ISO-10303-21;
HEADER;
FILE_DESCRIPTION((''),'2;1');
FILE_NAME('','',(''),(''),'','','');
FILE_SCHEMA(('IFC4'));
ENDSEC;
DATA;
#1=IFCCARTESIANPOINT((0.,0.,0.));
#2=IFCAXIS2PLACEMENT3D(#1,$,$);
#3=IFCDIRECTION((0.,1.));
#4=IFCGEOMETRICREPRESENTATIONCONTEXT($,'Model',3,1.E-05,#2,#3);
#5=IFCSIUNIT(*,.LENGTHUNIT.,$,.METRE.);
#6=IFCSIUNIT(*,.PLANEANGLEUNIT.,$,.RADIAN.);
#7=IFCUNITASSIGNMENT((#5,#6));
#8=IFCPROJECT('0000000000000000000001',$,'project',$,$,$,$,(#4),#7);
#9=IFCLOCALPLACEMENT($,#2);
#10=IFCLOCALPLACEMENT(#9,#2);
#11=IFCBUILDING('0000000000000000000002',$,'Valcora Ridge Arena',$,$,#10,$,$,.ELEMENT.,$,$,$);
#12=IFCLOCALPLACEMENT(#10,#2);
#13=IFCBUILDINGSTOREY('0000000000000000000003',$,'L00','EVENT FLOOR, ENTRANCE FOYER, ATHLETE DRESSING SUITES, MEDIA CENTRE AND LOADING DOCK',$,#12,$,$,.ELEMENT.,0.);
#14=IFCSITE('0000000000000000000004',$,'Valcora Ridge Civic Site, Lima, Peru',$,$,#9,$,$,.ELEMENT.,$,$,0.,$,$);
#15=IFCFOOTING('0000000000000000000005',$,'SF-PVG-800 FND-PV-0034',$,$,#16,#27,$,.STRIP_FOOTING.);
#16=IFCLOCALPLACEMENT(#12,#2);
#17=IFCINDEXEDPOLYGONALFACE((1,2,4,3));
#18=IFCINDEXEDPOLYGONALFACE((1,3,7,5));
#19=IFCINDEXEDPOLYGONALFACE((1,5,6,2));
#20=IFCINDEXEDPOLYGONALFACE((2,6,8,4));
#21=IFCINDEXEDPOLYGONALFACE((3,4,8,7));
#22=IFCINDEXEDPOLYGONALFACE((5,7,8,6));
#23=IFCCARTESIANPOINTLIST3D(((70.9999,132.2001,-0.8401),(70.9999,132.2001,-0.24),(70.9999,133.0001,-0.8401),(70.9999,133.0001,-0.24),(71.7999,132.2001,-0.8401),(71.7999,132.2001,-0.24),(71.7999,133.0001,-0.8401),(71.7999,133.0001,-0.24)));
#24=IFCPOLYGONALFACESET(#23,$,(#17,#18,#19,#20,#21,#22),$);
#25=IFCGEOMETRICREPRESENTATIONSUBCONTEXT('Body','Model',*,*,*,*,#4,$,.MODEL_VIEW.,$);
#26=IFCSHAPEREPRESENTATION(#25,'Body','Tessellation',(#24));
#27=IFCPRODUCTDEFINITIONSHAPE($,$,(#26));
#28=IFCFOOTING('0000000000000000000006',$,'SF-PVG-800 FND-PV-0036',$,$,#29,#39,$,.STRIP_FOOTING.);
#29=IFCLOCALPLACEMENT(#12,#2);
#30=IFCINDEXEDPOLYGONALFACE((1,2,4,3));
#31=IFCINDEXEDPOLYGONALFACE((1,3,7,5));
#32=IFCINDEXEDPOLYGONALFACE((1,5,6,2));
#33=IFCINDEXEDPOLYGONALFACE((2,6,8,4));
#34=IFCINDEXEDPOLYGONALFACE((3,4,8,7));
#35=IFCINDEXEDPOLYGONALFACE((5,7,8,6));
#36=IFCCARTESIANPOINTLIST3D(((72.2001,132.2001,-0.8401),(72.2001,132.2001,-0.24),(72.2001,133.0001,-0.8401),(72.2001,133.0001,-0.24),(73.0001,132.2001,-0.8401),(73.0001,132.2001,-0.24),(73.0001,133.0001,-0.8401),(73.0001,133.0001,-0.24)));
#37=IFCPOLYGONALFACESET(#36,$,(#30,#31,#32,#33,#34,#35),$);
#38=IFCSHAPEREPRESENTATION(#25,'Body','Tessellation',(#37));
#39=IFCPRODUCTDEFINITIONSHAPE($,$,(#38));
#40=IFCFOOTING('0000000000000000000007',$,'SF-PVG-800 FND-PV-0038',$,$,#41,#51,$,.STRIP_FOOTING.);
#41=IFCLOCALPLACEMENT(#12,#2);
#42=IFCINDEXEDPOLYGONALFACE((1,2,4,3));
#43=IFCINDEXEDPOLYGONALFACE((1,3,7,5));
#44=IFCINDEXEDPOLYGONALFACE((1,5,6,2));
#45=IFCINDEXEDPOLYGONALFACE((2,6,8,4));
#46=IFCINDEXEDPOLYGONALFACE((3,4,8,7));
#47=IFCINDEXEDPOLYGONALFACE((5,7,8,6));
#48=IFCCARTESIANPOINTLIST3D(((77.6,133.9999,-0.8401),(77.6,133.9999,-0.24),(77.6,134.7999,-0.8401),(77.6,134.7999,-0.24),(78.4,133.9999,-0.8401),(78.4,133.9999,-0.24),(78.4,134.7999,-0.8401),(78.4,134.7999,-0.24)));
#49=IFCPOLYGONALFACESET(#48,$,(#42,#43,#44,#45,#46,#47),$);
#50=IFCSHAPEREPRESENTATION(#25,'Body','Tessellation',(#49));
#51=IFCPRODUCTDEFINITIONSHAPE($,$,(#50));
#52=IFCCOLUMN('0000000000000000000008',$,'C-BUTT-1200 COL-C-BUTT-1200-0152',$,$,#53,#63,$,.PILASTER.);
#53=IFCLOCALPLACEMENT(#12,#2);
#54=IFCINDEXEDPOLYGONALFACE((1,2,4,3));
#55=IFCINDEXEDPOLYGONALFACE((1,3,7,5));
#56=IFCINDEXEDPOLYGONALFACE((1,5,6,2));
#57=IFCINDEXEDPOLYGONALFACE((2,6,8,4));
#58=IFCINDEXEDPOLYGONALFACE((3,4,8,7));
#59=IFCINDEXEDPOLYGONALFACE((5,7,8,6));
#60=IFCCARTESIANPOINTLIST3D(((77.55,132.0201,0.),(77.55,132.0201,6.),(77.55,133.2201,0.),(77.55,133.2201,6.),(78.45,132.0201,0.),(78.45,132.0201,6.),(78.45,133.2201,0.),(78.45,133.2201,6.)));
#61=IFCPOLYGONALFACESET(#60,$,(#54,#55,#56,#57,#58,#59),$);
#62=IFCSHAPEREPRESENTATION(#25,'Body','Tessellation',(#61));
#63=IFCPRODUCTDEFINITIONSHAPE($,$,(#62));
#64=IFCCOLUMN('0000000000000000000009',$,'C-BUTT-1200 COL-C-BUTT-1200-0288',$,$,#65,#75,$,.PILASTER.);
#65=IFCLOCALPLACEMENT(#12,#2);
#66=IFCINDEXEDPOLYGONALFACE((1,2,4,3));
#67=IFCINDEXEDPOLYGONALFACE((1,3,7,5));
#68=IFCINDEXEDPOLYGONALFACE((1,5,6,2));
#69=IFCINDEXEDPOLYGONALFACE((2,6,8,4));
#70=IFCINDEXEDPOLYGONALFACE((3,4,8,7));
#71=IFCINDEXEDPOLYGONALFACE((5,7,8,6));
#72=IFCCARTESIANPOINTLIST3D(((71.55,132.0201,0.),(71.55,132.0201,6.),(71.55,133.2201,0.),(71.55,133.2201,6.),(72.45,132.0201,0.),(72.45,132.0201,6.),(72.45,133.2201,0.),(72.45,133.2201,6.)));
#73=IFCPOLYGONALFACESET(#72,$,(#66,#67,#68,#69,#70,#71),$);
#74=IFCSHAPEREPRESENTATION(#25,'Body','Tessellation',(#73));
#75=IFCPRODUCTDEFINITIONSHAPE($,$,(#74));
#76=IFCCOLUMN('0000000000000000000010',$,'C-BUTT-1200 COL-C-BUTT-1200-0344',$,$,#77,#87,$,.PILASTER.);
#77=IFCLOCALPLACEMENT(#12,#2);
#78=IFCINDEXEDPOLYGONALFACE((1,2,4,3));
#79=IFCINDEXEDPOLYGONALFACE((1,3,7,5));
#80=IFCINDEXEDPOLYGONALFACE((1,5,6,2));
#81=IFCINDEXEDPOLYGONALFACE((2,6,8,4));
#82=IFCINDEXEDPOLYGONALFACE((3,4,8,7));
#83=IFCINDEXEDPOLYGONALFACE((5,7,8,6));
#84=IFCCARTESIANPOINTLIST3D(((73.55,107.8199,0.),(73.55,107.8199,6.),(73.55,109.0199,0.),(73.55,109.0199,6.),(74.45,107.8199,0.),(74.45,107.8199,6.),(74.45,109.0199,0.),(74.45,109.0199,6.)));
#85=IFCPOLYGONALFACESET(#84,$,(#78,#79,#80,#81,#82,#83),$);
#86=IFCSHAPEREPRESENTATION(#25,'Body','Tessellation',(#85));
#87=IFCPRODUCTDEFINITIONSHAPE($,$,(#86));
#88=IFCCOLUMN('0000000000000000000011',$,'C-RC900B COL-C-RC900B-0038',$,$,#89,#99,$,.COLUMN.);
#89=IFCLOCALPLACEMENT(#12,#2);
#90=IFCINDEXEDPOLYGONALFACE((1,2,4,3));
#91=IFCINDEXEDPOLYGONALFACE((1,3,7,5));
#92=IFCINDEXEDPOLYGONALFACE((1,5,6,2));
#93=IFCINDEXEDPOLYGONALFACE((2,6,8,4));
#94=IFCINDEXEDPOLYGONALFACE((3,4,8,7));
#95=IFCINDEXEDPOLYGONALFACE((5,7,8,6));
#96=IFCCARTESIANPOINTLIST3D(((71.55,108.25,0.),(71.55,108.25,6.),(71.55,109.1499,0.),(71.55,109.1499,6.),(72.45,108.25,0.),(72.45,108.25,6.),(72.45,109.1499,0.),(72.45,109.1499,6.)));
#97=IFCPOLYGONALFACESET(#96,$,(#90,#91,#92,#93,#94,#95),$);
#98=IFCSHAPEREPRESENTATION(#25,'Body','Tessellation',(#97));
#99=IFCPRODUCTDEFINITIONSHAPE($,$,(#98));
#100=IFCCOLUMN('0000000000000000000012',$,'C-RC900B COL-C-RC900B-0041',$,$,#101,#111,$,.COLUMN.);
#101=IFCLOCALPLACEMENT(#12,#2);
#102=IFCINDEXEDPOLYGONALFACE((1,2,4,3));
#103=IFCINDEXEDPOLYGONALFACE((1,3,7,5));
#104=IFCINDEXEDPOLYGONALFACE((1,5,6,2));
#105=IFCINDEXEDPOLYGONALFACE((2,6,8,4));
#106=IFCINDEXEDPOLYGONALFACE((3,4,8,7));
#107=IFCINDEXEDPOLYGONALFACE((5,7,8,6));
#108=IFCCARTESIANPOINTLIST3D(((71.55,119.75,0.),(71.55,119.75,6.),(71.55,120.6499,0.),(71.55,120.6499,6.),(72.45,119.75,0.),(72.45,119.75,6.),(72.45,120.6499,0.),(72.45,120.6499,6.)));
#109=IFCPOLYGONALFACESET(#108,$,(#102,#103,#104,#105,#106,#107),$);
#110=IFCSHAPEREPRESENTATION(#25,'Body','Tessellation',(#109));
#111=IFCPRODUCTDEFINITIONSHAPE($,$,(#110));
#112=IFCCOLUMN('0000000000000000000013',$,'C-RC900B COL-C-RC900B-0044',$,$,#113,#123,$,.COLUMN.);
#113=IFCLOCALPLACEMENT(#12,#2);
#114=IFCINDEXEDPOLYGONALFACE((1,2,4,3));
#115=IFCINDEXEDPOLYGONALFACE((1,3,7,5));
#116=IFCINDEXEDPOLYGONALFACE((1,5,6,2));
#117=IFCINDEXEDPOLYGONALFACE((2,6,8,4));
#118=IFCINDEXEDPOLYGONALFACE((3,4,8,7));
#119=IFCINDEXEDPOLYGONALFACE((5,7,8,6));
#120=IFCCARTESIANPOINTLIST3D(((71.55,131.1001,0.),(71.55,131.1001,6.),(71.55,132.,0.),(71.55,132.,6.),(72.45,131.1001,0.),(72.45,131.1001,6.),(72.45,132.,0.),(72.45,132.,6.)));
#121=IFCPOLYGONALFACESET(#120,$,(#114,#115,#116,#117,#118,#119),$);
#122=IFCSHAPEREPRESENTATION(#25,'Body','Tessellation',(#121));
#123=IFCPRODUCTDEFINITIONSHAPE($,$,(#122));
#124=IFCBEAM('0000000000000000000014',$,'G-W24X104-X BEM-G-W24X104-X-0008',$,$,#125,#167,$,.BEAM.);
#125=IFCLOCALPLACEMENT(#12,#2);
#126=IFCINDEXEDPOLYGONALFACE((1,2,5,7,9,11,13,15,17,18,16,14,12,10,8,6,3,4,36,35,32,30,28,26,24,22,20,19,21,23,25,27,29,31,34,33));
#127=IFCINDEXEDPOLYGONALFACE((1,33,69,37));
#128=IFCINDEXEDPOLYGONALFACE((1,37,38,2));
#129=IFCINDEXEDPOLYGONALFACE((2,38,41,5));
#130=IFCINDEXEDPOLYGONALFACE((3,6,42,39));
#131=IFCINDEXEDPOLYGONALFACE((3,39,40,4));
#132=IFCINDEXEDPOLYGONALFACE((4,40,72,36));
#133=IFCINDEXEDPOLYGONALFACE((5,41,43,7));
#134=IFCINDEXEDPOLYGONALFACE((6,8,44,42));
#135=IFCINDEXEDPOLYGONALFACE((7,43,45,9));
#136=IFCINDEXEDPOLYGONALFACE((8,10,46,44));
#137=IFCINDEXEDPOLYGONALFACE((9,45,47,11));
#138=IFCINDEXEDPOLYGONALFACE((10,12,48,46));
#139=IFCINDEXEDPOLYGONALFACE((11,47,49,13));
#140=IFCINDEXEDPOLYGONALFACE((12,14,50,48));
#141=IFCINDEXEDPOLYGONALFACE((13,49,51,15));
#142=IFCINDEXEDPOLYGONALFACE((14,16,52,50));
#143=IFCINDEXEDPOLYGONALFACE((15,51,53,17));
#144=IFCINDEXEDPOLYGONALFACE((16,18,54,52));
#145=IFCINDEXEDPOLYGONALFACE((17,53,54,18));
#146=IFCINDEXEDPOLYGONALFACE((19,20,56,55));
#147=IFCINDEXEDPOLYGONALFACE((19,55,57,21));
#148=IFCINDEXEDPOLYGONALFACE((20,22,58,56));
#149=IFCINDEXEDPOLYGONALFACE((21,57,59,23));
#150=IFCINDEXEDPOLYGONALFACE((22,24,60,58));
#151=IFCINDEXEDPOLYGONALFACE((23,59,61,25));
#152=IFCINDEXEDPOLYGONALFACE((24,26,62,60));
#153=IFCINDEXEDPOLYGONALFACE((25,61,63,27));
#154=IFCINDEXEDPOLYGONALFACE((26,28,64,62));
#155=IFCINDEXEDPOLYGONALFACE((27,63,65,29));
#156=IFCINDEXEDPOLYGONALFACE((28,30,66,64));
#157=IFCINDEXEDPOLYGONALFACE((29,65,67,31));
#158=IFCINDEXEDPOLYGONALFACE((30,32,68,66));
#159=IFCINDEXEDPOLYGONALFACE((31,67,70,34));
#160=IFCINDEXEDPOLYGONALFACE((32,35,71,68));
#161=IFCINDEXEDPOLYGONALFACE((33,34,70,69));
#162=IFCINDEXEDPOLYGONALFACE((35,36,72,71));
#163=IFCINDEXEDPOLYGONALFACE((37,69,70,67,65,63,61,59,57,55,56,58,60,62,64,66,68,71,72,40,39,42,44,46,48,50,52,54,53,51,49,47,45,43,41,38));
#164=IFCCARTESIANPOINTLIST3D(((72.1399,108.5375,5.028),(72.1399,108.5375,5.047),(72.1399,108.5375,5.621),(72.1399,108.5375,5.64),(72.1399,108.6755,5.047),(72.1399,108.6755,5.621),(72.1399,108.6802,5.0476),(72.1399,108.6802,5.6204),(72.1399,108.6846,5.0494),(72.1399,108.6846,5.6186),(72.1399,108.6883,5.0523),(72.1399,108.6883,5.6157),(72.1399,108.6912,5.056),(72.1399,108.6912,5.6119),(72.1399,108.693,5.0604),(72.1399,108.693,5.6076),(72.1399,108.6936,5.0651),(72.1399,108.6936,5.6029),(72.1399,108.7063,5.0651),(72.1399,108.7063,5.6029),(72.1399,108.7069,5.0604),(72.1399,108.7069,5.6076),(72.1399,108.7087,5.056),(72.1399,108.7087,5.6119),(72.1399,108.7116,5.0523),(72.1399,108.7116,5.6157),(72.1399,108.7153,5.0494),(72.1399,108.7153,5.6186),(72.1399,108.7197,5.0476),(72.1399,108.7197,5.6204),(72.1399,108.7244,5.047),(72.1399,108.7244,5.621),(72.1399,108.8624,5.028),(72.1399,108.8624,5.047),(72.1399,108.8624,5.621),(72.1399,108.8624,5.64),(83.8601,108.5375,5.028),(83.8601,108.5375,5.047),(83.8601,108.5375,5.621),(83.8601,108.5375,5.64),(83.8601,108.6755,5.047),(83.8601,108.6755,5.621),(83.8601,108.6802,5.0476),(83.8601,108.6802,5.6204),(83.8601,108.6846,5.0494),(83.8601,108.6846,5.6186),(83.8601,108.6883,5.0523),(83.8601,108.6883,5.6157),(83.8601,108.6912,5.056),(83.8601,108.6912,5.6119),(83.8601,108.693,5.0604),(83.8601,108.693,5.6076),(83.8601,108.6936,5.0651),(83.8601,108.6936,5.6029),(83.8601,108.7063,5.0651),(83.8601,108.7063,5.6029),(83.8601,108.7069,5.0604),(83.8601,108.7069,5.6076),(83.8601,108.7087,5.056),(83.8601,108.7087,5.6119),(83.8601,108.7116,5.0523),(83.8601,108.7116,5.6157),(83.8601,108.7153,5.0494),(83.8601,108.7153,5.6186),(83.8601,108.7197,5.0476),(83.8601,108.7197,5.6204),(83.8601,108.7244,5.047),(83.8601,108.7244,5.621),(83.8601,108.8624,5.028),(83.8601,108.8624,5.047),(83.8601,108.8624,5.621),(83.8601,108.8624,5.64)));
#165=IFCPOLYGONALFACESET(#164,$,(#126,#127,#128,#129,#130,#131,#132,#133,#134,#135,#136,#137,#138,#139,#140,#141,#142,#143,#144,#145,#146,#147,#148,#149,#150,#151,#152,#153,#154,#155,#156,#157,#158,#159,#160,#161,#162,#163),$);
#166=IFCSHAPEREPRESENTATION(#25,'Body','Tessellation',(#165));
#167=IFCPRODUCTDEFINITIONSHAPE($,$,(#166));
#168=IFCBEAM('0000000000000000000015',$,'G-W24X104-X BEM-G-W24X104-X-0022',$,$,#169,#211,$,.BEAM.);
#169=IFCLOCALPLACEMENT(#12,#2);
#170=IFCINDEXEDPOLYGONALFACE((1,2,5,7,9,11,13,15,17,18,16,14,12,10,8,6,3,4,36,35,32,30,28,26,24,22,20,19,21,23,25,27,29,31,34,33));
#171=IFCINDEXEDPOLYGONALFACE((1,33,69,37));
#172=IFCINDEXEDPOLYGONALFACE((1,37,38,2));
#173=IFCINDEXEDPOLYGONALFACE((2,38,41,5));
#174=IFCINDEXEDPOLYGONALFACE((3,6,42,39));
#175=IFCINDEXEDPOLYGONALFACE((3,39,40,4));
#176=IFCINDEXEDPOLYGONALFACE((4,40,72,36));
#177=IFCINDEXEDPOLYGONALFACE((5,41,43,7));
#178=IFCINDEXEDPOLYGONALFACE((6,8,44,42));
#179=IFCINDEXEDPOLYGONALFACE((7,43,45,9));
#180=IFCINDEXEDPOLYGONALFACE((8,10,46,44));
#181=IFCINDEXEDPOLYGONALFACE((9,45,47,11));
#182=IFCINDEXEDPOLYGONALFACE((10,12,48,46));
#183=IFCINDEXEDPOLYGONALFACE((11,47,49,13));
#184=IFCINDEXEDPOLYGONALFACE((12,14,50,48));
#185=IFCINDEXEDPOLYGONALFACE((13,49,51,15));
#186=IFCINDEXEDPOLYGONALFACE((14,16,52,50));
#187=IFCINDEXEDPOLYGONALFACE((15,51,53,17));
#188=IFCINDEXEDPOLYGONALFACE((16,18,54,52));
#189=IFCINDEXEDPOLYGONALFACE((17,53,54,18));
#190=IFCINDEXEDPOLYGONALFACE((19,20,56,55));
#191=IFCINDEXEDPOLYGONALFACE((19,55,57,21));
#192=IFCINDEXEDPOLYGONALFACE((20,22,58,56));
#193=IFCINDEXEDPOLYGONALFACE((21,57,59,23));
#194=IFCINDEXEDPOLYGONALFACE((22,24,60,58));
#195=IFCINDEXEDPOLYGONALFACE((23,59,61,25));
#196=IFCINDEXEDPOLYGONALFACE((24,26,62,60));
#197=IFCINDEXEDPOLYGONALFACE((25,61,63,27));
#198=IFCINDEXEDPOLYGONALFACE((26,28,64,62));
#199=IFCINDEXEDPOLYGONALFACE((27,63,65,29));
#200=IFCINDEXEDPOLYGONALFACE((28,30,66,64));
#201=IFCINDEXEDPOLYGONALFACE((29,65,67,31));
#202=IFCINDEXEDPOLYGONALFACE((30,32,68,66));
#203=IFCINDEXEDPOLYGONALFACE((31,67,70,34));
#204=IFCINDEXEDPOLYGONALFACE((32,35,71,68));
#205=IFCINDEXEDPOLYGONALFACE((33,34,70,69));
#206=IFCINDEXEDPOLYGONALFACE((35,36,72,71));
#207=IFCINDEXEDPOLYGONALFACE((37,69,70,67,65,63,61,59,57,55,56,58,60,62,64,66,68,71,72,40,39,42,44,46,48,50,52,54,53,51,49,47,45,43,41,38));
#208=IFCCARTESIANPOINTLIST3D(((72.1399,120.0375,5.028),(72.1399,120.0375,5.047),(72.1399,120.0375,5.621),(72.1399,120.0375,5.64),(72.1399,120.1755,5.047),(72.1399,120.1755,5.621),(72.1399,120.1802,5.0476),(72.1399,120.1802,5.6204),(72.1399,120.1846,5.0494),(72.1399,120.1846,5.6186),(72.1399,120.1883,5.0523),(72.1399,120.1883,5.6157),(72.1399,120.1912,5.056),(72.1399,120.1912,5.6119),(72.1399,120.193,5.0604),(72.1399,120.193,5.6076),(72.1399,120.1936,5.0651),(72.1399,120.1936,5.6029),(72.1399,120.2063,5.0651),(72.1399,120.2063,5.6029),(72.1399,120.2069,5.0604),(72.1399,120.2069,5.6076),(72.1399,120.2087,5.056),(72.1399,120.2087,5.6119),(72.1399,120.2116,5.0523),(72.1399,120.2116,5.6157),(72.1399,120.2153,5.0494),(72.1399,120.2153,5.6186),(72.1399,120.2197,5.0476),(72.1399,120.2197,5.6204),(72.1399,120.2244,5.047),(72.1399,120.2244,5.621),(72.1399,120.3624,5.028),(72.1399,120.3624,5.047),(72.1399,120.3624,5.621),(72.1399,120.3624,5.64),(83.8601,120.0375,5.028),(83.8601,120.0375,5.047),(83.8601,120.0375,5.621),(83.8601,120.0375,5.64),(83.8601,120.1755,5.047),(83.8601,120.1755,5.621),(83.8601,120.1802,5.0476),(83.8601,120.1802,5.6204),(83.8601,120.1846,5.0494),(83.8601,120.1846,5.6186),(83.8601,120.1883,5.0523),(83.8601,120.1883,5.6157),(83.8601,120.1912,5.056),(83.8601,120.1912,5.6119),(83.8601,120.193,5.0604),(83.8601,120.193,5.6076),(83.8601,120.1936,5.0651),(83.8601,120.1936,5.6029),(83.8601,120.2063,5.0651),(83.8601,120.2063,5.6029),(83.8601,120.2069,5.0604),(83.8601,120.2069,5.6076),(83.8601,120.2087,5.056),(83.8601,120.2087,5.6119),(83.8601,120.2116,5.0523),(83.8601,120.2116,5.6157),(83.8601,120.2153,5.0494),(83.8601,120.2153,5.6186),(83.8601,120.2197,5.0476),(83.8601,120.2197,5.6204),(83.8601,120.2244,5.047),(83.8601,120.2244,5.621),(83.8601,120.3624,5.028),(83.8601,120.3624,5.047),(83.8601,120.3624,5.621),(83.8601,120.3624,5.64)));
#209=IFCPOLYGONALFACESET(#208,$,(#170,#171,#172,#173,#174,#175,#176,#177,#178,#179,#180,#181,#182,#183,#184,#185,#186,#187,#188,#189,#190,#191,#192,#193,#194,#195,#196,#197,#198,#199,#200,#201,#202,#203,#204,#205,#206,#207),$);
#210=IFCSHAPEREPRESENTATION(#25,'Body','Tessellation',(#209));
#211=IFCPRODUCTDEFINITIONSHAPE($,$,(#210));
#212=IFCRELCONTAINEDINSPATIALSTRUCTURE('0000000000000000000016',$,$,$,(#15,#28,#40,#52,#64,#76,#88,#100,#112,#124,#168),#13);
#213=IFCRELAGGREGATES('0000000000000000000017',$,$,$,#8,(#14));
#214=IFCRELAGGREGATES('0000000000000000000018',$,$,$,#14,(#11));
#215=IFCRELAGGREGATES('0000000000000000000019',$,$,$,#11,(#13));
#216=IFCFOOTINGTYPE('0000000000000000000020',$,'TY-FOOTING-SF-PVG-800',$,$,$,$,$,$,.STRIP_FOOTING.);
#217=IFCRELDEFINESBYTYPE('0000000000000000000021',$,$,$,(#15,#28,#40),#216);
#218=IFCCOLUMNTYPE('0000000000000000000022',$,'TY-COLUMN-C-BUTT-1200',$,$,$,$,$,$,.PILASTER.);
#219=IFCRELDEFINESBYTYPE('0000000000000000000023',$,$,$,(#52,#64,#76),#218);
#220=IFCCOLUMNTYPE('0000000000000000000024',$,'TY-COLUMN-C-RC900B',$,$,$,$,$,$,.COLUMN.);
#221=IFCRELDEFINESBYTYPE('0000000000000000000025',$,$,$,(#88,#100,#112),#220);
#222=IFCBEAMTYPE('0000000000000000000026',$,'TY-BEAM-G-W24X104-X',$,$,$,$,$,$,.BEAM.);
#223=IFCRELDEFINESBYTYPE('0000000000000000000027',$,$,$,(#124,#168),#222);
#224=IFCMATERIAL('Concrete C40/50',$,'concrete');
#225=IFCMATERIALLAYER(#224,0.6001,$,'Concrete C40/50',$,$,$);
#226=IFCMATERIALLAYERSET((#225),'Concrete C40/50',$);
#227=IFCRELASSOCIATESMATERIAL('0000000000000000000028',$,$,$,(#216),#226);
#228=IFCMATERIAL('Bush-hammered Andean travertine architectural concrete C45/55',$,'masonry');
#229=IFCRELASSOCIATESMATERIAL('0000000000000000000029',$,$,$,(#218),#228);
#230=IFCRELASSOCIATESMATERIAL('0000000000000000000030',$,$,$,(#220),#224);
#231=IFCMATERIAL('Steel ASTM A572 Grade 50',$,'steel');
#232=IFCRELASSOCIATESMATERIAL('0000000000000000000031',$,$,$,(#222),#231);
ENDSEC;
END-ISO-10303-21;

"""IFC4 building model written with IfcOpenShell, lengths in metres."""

from ifc_helpers import new_model, si_unit, direction, frame, origin, origin_2d, place, context, subcontext, project, spatial, rectangle, i_section, extrude, material, layer, layer_set, material_profile, profile_set, type_object, element, save


model = new_model("IFC4")

# Units and contexts
model_context = context("Model", 3, precision=1e-05, world=origin(), true_north=direction((0.0, 1.0)))
body_context = subcontext(model_context, "Body", "Model", "MODEL_VIEW")
ifc_project = project(units=[si_unit("LENGTHUNIT", "METRE"), si_unit("PLANEANGLEUNIT", "RADIAN")], contexts=[model_context])

# Site, building, storey
site_placement = place(None, origin())
site = spatial("IfcSite", under=ifc_project, at=site_placement, Name="Valcora Ridge Civic Site, Lima, Peru", CompositionType="ELEMENT", RefElevation=0.0)
building_placement = place(site_placement, origin())
building = spatial("IfcBuilding", under=site, at=building_placement, Name="Valcora Ridge Arena", CompositionType="ELEMENT")
storey_placement = place(building_placement, origin())
storey = spatial("IfcBuildingStorey", under=building, at=storey_placement, Name="L00", Description="EVENT FLOOR, ENTRANCE FOYER, ATHLETE DRESSING SUITES, MEDIA CENTRE AND LOADING DOCK", CompositionType="ELEMENT", Elevation=0.0)

# Footings
ifc_material_1 = material(Name="Concrete C40/50", Category="concrete")
ifc_layer_1 = layer(ifc_material_1, 0.6001, Name="Concrete C40/50")
ifc_layer_set_1 = layer_set([ifc_layer_1], Name="Concrete C40/50")
footing_type = type_object("IfcFootingType", Name="TY-FOOTING-SF-PVG-800", PredefinedType="STRIP_FOOTING", material=ifc_layer_set_1)
for number, where, z_axis, x_axis, name in (
    (1, (71.3999, 132.6001, -0.8401), (0.0, 0.0, 1.0), (1.0, 0.0, 0.0), "SF-PVG-800 FND-PV-0034"),
    (2, (72.6001, 132.6001, -0.8401), (0.0, 0.0, 1.0), (1.0, 0.0, 0.0), "SF-PVG-800 FND-PV-0036"),
    (3, (78.0, 134.3999, -0.8401), (0.0, 0.0, 1.0), (1.0, 0.0, 0.0), "SF-PVG-800 FND-PV-0038"),
):
    element("IfcFooting", number, at=place(storey_placement, frame(where, z_axis=z_axis, x_axis=x_axis)), inside=storey, type_object=footing_type, Name=name, PredefinedType="STRIP_FOOTING", context=body_context, shape_type="SweptSolid", body=[
        extrude(rectangle(XDim=0.8, YDim=0.8, at=origin_2d()), origin(), (0.0, 0.0, 1.0), 0.6001),
    ])

# Columns
ifc_material_2 = material(Name="Bush-hammered Andean travertine architectural concrete C45/55", Category="masonry")
ifc_material_profile_1 = material_profile(ifc_material_2, rectangle(XDim=0.8999, YDim=1.2, at=origin_2d()), Name="RC 900x1200")
ifc_profile_set_1 = profile_set([ifc_material_profile_1], Name="Bush-hammered Andean travertine architectural concrete C45/55")
column_type_1 = type_object("IfcColumnType", Name="TY-COLUMN-C-BUTT-1200", PredefinedType="PILASTER", material=ifc_profile_set_1)
for number, where, z_axis, x_axis, name in (
    (4, (78.0, 132.6201, 0.0), (0.0, 0.0, 1.0), (1.0, 0.0, 0.0), "C-BUTT-1200 COL-C-BUTT-1200-0152"),
    (5, (72.0, 132.6201, 0.0), (0.0, 0.0, 1.0), (1.0, 0.0, 0.0), "C-BUTT-1200 COL-C-BUTT-1200-0288"),
    (6, (74.0, 108.4199, 0.0), (0.0, 0.0, 1.0), (1.0, 0.0, 0.0), "C-BUTT-1200 COL-C-BUTT-1200-0344"),
):
    element("IfcColumn", number, at=place(storey_placement, frame(where, z_axis=z_axis, x_axis=x_axis)), inside=storey, type_object=column_type_1, Name=name, PredefinedType="PILASTER", context=body_context, shape_type="SweptSolid", body=[
        extrude(rectangle(XDim=0.8999, YDim=1.2, at=origin_2d()), origin(), (0.0, 0.0, 1.0), 6.0),
    ])
ifc_material_profile_2 = material_profile(ifc_material_1, rectangle(XDim=0.8999, YDim=0.8999, at=origin_2d()), Name="RC 900x900")
ifc_profile_set_2 = profile_set([ifc_material_profile_2], Name="Concrete C40/50")
column_type_2 = type_object("IfcColumnType", Name="TY-COLUMN-C-RC900B", PredefinedType="COLUMN", material=ifc_profile_set_2)
for number, where, z_axis, x_axis, name in (
    (7, (72.0, 108.7, 0.0), (0.0, 0.0, 1.0), (1.0, 0.0, 0.0), "C-RC900B COL-C-RC900B-0038"),
    (8, (72.0, 120.2, 0.0), (0.0, 0.0, 1.0), (1.0, 0.0, 0.0), "C-RC900B COL-C-RC900B-0041"),
    (9, (72.0, 131.55, 0.0), (0.0, 0.0, 1.0), (1.0, 0.0, 0.0), "C-RC900B COL-C-RC900B-0044"),
):
    element("IfcColumn", number, at=place(storey_placement, frame(where, z_axis=z_axis, x_axis=x_axis)), inside=storey, type_object=column_type_2, Name=name, PredefinedType="COLUMN", context=body_context, shape_type="SweptSolid", body=[
        extrude(rectangle(XDim=0.8999, YDim=0.8999, at=origin_2d()), origin(), (0.0, 0.0, 1.0), 6.0),
    ])

# Beams
ifc_material_3 = material(Name="Steel ASTM A572 Grade 50", Category="steel")
ifc_material_profile_3 = material_profile(ifc_material_3, i_section(OverallWidth=0.325, OverallDepth=0.6121, WebThickness=0.0127, FlangeThickness=0.019, FilletRadius=0.0181, at=origin_2d()), Name="W24X104")
ifc_profile_set_3 = profile_set([ifc_material_profile_3], Name="Steel ASTM A572 Grade 50")
beam_type_1 = type_object("IfcBeamType", Name="TY-BEAM-G-W24X104-X", PredefinedType="BEAM", material=ifc_profile_set_3)
for number, where, z_axis, x_axis, name in (
    (10, (72.1399, 108.7, 5.334), (1.0, 0.0, 0.0), (0.0, 1.0, 0.0), "G-W24X104-X BEM-G-W24X104-X-0008"),
    (11, (72.1399, 120.2, 5.334), (1.0, 0.0, 0.0), (0.0, 1.0, 0.0), "G-W24X104-X BEM-G-W24X104-X-0022"),
):
    element("IfcBeam", number, at=place(storey_placement, frame(where, z_axis=z_axis, x_axis=x_axis)), inside=storey, type_object=beam_type_1, Name=name, PredefinedType="BEAM", context=body_context, shape_type="SweptSolid", body=[
        extrude(i_section(OverallWidth=0.325, OverallDepth=0.6121, WebThickness=0.0127, FlangeThickness=0.019, FilletRadius=0.0181, at=origin_2d()), origin(), (0.0, 0.0, 1.0), 11.7202),
    ])

save(model, "model.ifc")
